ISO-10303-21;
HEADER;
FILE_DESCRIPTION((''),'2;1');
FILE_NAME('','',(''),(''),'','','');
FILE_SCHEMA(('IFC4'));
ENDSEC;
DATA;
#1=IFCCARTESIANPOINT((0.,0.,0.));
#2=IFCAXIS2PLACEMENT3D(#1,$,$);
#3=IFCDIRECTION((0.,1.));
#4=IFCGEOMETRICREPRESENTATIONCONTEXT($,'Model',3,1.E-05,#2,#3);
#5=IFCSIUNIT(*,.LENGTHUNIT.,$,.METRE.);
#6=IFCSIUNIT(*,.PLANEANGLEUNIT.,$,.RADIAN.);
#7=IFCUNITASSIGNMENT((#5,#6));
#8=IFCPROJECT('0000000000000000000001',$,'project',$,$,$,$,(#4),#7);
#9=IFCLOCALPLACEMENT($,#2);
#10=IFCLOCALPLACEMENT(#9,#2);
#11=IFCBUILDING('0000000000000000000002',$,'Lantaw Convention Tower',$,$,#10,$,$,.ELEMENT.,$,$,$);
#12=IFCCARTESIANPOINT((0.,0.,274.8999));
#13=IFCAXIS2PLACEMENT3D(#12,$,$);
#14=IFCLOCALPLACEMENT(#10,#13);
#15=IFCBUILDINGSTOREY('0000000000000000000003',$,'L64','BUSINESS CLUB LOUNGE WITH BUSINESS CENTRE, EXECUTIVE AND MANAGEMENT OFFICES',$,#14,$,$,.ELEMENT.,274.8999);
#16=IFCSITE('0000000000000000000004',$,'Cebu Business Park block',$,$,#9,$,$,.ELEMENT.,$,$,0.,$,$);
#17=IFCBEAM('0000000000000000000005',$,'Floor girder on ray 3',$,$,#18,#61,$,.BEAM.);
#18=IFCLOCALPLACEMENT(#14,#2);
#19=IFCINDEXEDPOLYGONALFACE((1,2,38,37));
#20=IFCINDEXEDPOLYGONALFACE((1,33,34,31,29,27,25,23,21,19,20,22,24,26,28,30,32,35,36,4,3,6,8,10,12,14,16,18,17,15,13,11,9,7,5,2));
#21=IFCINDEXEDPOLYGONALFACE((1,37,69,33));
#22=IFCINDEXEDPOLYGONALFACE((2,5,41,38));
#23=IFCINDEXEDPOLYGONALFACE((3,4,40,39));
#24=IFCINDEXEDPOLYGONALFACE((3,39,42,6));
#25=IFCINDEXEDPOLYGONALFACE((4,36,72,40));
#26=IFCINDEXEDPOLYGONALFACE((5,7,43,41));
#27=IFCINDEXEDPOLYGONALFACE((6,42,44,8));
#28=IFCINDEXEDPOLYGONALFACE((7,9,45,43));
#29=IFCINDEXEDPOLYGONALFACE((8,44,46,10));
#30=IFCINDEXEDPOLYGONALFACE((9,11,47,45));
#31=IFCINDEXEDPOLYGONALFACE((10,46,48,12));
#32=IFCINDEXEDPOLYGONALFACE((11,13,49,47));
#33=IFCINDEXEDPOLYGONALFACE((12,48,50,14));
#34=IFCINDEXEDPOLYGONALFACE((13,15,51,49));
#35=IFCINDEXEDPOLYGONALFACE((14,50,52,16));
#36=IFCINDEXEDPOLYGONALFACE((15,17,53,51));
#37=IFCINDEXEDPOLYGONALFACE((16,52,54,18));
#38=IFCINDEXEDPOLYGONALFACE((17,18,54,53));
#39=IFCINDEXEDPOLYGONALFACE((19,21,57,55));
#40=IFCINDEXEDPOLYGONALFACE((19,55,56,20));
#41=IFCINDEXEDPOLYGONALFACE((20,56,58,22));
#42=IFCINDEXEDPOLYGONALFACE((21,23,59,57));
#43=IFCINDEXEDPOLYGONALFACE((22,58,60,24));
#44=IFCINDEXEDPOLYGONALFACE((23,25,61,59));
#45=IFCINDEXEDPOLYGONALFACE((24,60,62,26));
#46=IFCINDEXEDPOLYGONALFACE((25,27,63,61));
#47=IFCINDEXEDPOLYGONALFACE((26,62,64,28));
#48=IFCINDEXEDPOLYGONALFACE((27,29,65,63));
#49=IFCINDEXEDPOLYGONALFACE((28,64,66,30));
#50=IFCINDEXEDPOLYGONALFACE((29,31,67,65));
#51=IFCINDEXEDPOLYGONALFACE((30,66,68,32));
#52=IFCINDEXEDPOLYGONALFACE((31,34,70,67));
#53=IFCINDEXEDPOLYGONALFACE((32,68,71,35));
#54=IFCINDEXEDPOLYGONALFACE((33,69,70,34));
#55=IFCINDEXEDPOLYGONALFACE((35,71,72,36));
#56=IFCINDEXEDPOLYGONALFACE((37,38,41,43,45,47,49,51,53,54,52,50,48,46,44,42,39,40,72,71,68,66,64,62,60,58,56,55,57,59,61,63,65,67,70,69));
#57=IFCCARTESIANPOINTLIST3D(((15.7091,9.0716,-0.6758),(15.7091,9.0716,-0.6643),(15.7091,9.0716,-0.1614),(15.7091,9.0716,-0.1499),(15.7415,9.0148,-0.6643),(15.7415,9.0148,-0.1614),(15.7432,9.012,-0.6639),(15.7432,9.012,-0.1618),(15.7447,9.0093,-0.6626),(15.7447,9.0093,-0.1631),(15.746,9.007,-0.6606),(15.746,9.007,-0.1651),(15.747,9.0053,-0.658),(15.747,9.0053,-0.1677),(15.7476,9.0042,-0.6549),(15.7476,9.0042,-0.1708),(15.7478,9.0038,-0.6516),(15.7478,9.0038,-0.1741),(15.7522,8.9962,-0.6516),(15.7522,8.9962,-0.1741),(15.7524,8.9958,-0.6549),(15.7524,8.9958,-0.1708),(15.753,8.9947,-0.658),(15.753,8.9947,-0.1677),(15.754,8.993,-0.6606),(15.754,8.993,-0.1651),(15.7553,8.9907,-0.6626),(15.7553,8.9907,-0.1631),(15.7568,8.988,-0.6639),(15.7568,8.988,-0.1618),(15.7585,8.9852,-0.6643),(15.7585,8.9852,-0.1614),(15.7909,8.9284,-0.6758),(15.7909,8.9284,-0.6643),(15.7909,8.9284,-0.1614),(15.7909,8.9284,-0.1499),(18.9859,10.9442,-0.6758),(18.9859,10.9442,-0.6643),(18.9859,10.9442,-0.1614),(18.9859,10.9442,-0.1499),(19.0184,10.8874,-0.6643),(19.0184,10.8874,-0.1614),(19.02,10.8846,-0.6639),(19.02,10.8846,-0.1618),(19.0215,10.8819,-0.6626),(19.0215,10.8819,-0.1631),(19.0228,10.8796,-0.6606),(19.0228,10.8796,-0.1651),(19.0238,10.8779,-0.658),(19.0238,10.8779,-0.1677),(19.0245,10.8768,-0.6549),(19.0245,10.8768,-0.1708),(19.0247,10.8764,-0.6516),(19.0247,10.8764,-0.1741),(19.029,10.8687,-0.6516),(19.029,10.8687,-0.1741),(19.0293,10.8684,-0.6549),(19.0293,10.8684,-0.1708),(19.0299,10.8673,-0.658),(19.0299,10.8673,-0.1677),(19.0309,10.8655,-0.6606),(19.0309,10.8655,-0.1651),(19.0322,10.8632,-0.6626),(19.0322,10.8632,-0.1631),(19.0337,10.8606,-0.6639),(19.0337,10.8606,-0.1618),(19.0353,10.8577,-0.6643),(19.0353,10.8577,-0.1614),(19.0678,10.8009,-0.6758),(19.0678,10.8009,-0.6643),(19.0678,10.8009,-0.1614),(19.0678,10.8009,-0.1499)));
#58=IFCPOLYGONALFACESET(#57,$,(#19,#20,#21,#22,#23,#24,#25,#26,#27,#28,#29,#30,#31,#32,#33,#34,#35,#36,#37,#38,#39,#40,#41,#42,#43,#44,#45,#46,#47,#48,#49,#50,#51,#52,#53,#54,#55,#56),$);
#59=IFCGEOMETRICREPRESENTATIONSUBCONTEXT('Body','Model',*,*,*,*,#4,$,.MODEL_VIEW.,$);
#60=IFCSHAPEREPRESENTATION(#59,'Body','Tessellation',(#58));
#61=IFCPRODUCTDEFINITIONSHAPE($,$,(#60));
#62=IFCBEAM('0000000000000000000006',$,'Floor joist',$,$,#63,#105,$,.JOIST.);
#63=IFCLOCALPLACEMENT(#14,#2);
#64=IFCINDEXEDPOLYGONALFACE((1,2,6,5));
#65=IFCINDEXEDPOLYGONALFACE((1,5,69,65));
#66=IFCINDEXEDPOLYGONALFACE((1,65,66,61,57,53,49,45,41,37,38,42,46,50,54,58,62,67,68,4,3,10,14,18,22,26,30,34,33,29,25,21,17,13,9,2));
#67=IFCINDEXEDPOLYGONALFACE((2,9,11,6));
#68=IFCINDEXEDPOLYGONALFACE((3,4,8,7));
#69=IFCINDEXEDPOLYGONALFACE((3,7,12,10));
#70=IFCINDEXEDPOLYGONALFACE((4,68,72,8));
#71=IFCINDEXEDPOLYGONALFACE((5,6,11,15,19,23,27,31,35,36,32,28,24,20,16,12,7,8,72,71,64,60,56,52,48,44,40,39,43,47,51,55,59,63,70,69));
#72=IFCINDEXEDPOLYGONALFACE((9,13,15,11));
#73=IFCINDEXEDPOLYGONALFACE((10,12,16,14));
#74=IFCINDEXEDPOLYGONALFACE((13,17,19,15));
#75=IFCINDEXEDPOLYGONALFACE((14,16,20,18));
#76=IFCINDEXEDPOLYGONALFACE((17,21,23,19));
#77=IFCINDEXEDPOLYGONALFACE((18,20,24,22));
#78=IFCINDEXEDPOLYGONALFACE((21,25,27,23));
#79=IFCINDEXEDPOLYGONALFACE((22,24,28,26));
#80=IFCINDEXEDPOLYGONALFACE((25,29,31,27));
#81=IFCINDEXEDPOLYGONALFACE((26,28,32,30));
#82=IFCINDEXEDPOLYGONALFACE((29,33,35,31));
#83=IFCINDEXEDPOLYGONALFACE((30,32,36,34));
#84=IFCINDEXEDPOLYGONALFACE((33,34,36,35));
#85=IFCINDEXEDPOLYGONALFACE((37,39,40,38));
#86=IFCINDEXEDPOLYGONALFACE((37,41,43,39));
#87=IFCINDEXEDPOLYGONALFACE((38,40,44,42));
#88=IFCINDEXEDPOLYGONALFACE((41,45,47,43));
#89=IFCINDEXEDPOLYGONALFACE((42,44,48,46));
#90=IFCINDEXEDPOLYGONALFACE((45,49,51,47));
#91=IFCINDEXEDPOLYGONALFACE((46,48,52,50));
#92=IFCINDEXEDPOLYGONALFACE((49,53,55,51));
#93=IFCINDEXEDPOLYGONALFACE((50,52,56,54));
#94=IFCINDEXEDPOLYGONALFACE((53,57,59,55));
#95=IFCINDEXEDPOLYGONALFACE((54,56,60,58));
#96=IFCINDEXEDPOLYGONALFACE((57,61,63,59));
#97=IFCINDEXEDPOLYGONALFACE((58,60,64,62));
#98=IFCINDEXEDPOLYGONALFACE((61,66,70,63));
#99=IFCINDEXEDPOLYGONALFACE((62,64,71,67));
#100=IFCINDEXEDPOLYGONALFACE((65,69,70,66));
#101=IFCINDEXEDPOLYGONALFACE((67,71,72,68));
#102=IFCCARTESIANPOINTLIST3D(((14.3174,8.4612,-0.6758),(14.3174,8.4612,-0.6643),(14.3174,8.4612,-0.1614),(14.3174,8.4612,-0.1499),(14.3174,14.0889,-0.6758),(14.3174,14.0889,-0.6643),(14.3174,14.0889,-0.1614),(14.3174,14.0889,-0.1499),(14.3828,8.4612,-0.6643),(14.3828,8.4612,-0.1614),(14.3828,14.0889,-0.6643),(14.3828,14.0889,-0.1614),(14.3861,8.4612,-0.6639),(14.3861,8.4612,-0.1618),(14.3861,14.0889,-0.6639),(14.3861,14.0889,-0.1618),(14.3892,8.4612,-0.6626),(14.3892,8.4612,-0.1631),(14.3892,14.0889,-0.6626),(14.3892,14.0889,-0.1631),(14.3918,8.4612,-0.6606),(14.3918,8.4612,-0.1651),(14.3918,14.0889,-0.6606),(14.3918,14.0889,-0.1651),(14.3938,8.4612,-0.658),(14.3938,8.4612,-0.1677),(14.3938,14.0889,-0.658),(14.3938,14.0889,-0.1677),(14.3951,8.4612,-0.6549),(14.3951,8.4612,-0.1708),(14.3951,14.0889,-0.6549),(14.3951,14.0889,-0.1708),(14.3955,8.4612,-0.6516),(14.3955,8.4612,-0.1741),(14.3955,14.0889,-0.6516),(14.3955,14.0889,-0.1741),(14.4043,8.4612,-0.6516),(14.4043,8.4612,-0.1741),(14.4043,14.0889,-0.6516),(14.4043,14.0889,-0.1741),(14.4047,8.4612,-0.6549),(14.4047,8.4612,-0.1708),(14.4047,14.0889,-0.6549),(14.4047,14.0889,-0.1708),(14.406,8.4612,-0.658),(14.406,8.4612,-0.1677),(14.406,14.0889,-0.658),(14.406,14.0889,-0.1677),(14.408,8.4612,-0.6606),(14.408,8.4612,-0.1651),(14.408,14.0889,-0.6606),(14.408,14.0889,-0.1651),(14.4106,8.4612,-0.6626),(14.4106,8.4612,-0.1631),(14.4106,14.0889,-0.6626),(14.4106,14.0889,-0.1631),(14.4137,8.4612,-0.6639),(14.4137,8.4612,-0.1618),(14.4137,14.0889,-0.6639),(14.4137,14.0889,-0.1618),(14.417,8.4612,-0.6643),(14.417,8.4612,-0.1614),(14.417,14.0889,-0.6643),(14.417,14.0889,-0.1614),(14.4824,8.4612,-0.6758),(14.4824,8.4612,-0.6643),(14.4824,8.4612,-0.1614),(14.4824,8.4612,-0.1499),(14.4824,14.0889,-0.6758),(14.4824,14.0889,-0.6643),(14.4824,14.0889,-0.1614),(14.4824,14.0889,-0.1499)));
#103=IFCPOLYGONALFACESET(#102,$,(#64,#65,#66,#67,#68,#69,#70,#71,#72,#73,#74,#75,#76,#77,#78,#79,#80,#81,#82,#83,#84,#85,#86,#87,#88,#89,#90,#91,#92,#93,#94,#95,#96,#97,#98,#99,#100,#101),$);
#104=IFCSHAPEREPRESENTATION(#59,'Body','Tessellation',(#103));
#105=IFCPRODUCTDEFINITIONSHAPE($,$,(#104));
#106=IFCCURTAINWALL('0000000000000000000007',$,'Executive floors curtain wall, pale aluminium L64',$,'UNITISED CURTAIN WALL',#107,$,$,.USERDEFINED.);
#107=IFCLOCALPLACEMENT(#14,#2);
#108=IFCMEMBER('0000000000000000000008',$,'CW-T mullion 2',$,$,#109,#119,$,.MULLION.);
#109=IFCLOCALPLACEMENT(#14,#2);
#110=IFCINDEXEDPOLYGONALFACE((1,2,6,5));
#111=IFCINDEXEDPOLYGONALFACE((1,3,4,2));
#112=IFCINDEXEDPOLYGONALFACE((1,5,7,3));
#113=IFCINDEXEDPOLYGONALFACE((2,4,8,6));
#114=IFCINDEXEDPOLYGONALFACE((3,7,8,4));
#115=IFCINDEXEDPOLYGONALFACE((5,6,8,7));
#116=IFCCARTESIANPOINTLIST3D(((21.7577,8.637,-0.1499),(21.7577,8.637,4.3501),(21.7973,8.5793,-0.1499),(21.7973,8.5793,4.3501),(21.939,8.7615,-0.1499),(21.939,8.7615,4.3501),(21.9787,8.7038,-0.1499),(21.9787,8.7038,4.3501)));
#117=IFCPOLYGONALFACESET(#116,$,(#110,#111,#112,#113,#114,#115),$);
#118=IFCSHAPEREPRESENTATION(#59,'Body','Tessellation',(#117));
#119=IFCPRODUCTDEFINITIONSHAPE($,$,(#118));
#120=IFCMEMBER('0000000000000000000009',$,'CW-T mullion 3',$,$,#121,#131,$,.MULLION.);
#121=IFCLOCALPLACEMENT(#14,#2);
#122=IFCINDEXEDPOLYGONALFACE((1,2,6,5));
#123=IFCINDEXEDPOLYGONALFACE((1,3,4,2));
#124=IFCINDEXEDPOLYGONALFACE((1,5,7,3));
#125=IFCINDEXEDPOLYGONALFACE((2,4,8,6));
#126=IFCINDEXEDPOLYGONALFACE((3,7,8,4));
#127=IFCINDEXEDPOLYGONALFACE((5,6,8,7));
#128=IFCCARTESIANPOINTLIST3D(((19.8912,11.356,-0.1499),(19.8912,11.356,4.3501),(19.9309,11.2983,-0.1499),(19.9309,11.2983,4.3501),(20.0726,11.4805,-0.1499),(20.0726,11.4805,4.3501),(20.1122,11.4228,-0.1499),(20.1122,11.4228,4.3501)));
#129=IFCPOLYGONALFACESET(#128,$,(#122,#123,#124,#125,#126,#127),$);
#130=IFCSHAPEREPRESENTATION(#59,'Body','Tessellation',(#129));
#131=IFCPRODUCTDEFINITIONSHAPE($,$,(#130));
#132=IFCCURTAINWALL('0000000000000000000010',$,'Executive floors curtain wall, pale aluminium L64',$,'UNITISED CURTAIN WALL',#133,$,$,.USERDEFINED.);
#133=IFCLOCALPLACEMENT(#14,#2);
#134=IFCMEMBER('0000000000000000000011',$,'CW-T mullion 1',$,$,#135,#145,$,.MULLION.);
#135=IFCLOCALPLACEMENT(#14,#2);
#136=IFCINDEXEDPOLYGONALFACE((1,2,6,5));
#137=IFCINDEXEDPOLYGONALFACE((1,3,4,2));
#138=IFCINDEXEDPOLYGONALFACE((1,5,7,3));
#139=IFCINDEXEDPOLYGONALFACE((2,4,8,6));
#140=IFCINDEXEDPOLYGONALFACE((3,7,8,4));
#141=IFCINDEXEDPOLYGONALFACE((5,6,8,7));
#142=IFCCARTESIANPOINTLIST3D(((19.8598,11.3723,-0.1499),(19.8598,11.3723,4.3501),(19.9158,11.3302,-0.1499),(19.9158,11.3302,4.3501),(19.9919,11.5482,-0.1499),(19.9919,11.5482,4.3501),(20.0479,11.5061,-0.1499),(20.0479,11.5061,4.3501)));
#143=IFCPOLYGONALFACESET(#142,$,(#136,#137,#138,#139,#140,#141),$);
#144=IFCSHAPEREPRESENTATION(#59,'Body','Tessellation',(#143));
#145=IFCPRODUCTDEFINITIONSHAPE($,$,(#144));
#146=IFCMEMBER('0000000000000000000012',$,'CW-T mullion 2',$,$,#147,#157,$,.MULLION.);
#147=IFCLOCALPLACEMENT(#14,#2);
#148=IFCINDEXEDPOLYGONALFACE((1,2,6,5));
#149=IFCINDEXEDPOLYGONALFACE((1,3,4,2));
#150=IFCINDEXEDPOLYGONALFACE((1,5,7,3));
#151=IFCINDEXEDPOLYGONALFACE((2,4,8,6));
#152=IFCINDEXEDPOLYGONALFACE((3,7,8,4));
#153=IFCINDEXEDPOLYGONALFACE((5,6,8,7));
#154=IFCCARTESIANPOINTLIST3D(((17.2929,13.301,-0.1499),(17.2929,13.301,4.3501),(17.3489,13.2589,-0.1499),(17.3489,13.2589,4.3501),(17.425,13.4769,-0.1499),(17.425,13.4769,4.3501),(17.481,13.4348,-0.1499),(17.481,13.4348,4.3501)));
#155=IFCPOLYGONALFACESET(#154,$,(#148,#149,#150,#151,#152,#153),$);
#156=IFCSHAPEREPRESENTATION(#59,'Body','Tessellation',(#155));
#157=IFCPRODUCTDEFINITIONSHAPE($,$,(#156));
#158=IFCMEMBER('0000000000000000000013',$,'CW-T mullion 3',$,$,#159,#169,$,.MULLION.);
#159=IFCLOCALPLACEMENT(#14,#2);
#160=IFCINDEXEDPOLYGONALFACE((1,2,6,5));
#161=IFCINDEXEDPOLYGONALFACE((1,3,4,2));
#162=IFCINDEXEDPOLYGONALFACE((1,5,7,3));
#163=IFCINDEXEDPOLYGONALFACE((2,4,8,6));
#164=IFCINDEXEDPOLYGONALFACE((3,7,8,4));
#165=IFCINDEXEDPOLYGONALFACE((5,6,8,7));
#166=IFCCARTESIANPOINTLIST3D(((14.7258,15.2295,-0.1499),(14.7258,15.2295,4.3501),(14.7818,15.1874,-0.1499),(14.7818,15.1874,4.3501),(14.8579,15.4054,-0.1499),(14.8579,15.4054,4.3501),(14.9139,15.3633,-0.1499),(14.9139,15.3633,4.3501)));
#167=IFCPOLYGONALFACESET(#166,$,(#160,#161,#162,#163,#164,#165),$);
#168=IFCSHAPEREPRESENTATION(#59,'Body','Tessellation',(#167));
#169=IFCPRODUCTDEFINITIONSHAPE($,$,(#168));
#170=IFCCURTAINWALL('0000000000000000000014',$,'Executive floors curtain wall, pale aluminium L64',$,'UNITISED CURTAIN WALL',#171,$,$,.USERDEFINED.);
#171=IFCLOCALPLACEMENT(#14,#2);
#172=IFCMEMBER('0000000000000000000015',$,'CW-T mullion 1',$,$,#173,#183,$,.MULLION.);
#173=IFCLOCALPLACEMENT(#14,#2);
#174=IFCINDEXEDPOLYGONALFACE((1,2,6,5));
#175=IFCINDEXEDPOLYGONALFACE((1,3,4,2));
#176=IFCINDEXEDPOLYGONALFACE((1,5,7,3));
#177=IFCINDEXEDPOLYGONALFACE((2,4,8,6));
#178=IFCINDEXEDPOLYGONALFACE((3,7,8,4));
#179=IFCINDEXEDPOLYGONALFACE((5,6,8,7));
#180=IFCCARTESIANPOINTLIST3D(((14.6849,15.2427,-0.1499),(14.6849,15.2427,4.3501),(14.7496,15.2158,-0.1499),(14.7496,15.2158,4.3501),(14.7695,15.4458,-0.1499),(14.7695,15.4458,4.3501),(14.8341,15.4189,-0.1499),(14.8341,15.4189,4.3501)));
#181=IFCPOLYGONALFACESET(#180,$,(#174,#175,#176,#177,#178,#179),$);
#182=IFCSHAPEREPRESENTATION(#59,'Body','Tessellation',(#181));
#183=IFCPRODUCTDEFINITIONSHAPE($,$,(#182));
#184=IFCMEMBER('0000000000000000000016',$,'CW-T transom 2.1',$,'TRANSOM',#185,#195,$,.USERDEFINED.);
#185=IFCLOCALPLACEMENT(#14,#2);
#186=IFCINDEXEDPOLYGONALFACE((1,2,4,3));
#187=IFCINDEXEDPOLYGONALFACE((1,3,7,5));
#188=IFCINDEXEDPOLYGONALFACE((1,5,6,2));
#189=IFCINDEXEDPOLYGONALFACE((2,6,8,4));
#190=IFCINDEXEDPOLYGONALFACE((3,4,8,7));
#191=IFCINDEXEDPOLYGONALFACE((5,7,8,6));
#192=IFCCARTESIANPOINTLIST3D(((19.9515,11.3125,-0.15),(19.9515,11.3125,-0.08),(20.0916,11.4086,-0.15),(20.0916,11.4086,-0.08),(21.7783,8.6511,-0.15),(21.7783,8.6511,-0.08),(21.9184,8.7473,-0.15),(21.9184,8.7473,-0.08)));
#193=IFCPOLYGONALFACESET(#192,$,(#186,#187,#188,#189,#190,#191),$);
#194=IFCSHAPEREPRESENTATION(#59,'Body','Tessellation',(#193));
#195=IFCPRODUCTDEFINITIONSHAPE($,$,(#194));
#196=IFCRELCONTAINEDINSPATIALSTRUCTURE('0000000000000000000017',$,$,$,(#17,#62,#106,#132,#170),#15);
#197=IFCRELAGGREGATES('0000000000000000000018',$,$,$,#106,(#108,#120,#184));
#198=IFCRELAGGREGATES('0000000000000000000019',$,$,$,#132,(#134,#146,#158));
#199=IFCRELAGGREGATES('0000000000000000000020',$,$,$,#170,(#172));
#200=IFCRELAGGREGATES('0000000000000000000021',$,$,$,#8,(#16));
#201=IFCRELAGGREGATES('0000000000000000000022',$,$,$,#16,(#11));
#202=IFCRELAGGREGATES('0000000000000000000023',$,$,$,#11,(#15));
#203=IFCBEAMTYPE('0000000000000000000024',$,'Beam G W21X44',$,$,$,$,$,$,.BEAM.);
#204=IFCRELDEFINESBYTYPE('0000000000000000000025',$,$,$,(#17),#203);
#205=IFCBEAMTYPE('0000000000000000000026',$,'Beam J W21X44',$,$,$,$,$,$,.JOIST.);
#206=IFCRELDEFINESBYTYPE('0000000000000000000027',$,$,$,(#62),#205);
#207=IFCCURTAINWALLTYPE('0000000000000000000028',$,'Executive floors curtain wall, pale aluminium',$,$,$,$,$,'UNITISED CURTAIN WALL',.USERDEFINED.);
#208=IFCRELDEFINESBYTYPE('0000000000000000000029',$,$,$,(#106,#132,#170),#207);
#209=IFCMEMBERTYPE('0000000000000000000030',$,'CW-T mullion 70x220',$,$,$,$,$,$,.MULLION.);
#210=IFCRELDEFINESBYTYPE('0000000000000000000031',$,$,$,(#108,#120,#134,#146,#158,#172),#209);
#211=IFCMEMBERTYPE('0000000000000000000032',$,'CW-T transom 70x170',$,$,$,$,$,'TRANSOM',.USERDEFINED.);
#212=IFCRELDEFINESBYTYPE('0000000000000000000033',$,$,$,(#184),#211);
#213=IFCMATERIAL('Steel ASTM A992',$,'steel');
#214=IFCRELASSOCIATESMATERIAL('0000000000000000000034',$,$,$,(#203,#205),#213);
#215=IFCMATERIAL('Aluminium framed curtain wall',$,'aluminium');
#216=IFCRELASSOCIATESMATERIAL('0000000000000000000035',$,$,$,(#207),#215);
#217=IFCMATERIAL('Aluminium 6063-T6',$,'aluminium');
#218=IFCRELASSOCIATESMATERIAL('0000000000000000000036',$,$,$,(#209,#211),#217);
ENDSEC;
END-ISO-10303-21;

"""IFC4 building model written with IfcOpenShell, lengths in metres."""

from ifc_helpers import new_model, si_unit, direction, frame, origin, origin_2d, place, context, subcontext, project, spatial, rectangle, i_section, extrude, material, material_profile, profile_set, type_object, element, aggregate, save


model = new_model("IFC4")

# Units and contexts
model_context = context("Model", 3, precision=1e-05, world=origin(), true_north=direction((0.0, 1.0)))
body_context = subcontext(model_context, "Body", "Model", "MODEL_VIEW")
ifc_project = project(units=[si_unit("LENGTHUNIT", "METRE"), si_unit("PLANEANGLEUNIT", "RADIAN")], contexts=[model_context])

# Site, building, storey
site_placement = place(None, origin())
site = spatial("IfcSite", under=ifc_project, at=site_placement, Name="Cebu Business Park block", CompositionType="ELEMENT", RefElevation=0.0)
building_placement = place(site_placement, origin())
building = spatial("IfcBuilding", under=site, at=building_placement, Name="Lantaw Convention Tower", CompositionType="ELEMENT")
storey_placement = place(building_placement, frame((0.0, 0.0, 274.8999)))
storey = spatial("IfcBuildingStorey", under=building, at=storey_placement, Name="L64", Description="BUSINESS CLUB LOUNGE WITH BUSINESS CENTRE, EXECUTIVE AND MANAGEMENT OFFICES", CompositionType="ELEMENT", Elevation=274.8999)

# Beams
ifc_material_1 = material(Name="Steel ASTM A992", Category="steel")
ifc_material_profile_1 = material_profile(ifc_material_1, i_section(OverallWidth=0.165, OverallDepth=0.5259, WebThickness=0.0088, FlangeThickness=0.0115, FilletRadius=0.0127, at=origin_2d()), Name="W21X44")
ifc_profile_set_1 = profile_set([ifc_material_profile_1], Name="Steel ASTM A992")
beam_type_1 = type_object("IfcBeamType", Name="Beam G W21X44", PredefinedType="BEAM", material=ifc_profile_set_1)
beam_1_placement = place(storey_placement, frame((15.75, 9.0, -0.4128), z_axis=(0.868235, 0.496153, 0.0), x_axis=(-0.496153, 0.868235, 0.0)))
element("IfcBeam", 1, at=beam_1_placement, inside=storey, type_object=beam_type_1, Name="Floor girder on ray 3", PredefinedType="BEAM", context=body_context, shape_type="SweptSolid", body=[
    extrude(i_section(OverallWidth=0.165, OverallDepth=0.5259, WebThickness=0.0088, FlangeThickness=0.0115, FilletRadius=0.0127, at=origin_2d()), origin(), (0.0, 0.0, 1.0), 3.7742),
])
ifc_material_profile_2 = material_profile(ifc_material_1, i_section(OverallWidth=0.165, OverallDepth=0.5259, WebThickness=0.0088, FlangeThickness=0.0115, FilletRadius=0.0127, at=origin_2d()), Name="W21X44")
ifc_profile_set_2 = profile_set([ifc_material_profile_2], Name="Steel ASTM A992")
beam_type_2 = type_object("IfcBeamType", Name="Beam J W21X44", PredefinedType="JOIST", material=ifc_profile_set_2)
beam_2_placement = place(storey_placement, frame((14.3999, 8.4612, -0.4128), z_axis=(0.0, 1.0, 0.0), x_axis=(-1.0, 0.0, 0.0)))
element("IfcBeam", 2, at=beam_2_placement, inside=storey, type_object=beam_type_2, Name="Floor joist", PredefinedType="JOIST", context=body_context, shape_type="SweptSolid", body=[
    extrude(i_section(OverallWidth=0.165, OverallDepth=0.5259, WebThickness=0.0088, FlangeThickness=0.0115, FilletRadius=0.0127, at=origin_2d()), origin(), (0.0, 0.0, 1.0), 5.6277),
])

# Curtain walls, members
ifc_material_2 = material(Name="Aluminium framed curtain wall", Category="aluminium")
curtain_wall_type = type_object("IfcCurtainWallType", Name="Executive floors curtain wall, pale aluminium", ElementType="UNITISED CURTAIN WALL", PredefinedType="USERDEFINED", material=ifc_material_2)
curtain_wall_1_placement = place(storey_placement, origin())
curtain_wall_1 = element("IfcCurtainWall", 3, at=curtain_wall_1_placement, inside=storey, type_object=curtain_wall_type, Name="Executive floors curtain wall, pale aluminium L64", ObjectType="UNITISED CURTAIN WALL", PredefinedType="USERDEFINED")
ifc_material_3 = material(Name="Aluminium 6063-T6", Category="aluminium")
ifc_material_profile_3 = material_profile(ifc_material_3, rectangle(XDim=0.22, YDim=0.0701, at=origin_2d()), Name="CW-T mullion 70x220")
ifc_profile_set_3 = profile_set([ifc_material_profile_3], Name="Aluminium 6063-T6")
member_type_1 = type_object("IfcMemberType", Name="CW-T mullion 70x220", PredefinedType="MULLION", material=ifc_profile_set_3)
member_1_placement = place(storey_placement, frame((21.8682, 8.6704, -0.1499), z_axis=(0.0, 0.0, 1.0), x_axis=(-0.82445, -0.565935, 0.0)))
member_1 = element("IfcMember", 4, at=member_1_placement, type_object=member_type_1, Name="CW-T mullion 2", PredefinedType="MULLION", context=body_context, shape_type="SweptSolid", body=[
    extrude(rectangle(XDim=0.22, YDim=0.0701, at=origin_2d()), origin(), (0.0, 0.0, 1.0), 4.5),
])
member_2_placement = place(storey_placement, frame((20.0017, 11.3894, -0.1499), z_axis=(0.0, 0.0, 1.0), x_axis=(-0.82445, -0.565935, 0.0)))
member_2 = element("IfcMember", 5, at=member_2_placement, type_object=member_type_1, Name="CW-T mullion 3", PredefinedType="MULLION", context=body_context, shape_type="SweptSolid", body=[
    extrude(rectangle(XDim=0.22, YDim=0.0701, at=origin_2d()), origin(), (0.0, 0.0, 1.0), 4.5),
])
curtain_wall_2_placement = place(storey_placement, origin())
curtain_wall_2 = element("IfcCurtainWall", 6, at=curtain_wall_2_placement, inside=storey, type_object=curtain_wall_type, Name="Executive floors curtain wall, pale aluminium L64", ObjectType="UNITISED CURTAIN WALL", PredefinedType="USERDEFINED")
member_3_placement = place(storey_placement, frame((19.9539, 11.4392, -0.1499), z_axis=(0.0, 0.0, 1.0), x_axis=(-0.600643, -0.799518, 0.0)))
member_3 = element("IfcMember", 7, at=member_3_placement, type_object=member_type_1, Name="CW-T mullion 1", PredefinedType="MULLION", context=body_context, shape_type="SweptSolid", body=[
    extrude(rectangle(XDim=0.22, YDim=0.0701, at=origin_2d()), origin(), (0.0, 0.0, 1.0), 4.5),
])
member_4_placement = place(storey_placement, frame((17.387, 13.3679, -0.1499), z_axis=(0.0, 0.0, 1.0), x_axis=(-0.600643, -0.799518, 0.0)))
member_4 = element("IfcMember", 8, at=member_4_placement, type_object=member_type_1, Name="CW-T mullion 2", PredefinedType="MULLION", context=body_context, shape_type="SweptSolid", body=[
    extrude(rectangle(XDim=0.22, YDim=0.0701, at=origin_2d()), origin(), (0.0, 0.0, 1.0), 4.5),
])
member_5_placement = place(storey_placement, frame((14.8198, 15.2964, -0.1499), z_axis=(0.0, 0.0, 1.0), x_axis=(-0.600643, -0.799518, 0.0)))
member_5 = element("IfcMember", 9, at=member_5_placement, type_object=member_type_1, Name="CW-T mullion 3", PredefinedType="MULLION", context=body_context, shape_type="SweptSolid", body=[
    extrude(rectangle(XDim=0.22, YDim=0.0701, at=origin_2d()), origin(), (0.0, 0.0, 1.0), 4.5),
])

# Curtain wall, member
curtain_wall_3_placement = place(storey_placement, origin())
curtain_wall_3 = element("IfcCurtainWall", 10, at=curtain_wall_3_placement, inside=storey, type_object=curtain_wall_type, Name="Executive floors curtain wall, pale aluminium L64", ObjectType="UNITISED CURTAIN WALL", PredefinedType="USERDEFINED")
member_6_placement = place(storey_placement, frame((14.7595, 15.3308, -0.1499), z_axis=(0.0, 0.0, 1.0), x_axis=(-0.38446, -0.923142, 0.0)))
member_6 = element("IfcMember", 11, at=member_6_placement, type_object=member_type_1, Name="CW-T mullion 1", PredefinedType="MULLION", context=body_context, shape_type="SweptSolid", body=[
    extrude(rectangle(XDim=0.22, YDim=0.0701, at=origin_2d()), origin(), (0.0, 0.0, 1.0), 4.5),
])

# Member
ifc_material_profile_4 = material_profile(ifc_material_3, rectangle(XDim=0.1699, YDim=0.0701, at=origin_2d()), Name="CW-T transom 70x170")
ifc_profile_set_4 = profile_set([ifc_material_profile_4], Name="Aluminium 6063-T6")
member_type_2 = type_object("IfcMemberType", Name="CW-T transom 70x170", ElementType="TRANSOM", PredefinedType="USERDEFINED", material=ifc_profile_set_4)
member_7_placement = place(storey_placement, frame((21.8484, 8.6992, -0.115), z_axis=(-0.565941, 0.824446, 0.0), x_axis=(-0.824446, -0.565941, 0.0)))
member_7 = element("IfcMember", 12, at=member_7_placement, type_object=member_type_2, Name="CW-T transom 2.1", ObjectType="TRANSOM", PredefinedType="USERDEFINED", context=body_context, shape_type="SweptSolid", body=[
    extrude(rectangle(XDim=0.1699, YDim=0.0701, at=origin_2d()), origin(), (0.0, 0.0, 1.0), 3.228),
])

aggregate(curtain_wall_1, [member_1, member_2, member_7])
aggregate(curtain_wall_2, [member_3, member_4, member_5])
aggregate(curtain_wall_3, [member_6])

save(model, "model.ifc")
